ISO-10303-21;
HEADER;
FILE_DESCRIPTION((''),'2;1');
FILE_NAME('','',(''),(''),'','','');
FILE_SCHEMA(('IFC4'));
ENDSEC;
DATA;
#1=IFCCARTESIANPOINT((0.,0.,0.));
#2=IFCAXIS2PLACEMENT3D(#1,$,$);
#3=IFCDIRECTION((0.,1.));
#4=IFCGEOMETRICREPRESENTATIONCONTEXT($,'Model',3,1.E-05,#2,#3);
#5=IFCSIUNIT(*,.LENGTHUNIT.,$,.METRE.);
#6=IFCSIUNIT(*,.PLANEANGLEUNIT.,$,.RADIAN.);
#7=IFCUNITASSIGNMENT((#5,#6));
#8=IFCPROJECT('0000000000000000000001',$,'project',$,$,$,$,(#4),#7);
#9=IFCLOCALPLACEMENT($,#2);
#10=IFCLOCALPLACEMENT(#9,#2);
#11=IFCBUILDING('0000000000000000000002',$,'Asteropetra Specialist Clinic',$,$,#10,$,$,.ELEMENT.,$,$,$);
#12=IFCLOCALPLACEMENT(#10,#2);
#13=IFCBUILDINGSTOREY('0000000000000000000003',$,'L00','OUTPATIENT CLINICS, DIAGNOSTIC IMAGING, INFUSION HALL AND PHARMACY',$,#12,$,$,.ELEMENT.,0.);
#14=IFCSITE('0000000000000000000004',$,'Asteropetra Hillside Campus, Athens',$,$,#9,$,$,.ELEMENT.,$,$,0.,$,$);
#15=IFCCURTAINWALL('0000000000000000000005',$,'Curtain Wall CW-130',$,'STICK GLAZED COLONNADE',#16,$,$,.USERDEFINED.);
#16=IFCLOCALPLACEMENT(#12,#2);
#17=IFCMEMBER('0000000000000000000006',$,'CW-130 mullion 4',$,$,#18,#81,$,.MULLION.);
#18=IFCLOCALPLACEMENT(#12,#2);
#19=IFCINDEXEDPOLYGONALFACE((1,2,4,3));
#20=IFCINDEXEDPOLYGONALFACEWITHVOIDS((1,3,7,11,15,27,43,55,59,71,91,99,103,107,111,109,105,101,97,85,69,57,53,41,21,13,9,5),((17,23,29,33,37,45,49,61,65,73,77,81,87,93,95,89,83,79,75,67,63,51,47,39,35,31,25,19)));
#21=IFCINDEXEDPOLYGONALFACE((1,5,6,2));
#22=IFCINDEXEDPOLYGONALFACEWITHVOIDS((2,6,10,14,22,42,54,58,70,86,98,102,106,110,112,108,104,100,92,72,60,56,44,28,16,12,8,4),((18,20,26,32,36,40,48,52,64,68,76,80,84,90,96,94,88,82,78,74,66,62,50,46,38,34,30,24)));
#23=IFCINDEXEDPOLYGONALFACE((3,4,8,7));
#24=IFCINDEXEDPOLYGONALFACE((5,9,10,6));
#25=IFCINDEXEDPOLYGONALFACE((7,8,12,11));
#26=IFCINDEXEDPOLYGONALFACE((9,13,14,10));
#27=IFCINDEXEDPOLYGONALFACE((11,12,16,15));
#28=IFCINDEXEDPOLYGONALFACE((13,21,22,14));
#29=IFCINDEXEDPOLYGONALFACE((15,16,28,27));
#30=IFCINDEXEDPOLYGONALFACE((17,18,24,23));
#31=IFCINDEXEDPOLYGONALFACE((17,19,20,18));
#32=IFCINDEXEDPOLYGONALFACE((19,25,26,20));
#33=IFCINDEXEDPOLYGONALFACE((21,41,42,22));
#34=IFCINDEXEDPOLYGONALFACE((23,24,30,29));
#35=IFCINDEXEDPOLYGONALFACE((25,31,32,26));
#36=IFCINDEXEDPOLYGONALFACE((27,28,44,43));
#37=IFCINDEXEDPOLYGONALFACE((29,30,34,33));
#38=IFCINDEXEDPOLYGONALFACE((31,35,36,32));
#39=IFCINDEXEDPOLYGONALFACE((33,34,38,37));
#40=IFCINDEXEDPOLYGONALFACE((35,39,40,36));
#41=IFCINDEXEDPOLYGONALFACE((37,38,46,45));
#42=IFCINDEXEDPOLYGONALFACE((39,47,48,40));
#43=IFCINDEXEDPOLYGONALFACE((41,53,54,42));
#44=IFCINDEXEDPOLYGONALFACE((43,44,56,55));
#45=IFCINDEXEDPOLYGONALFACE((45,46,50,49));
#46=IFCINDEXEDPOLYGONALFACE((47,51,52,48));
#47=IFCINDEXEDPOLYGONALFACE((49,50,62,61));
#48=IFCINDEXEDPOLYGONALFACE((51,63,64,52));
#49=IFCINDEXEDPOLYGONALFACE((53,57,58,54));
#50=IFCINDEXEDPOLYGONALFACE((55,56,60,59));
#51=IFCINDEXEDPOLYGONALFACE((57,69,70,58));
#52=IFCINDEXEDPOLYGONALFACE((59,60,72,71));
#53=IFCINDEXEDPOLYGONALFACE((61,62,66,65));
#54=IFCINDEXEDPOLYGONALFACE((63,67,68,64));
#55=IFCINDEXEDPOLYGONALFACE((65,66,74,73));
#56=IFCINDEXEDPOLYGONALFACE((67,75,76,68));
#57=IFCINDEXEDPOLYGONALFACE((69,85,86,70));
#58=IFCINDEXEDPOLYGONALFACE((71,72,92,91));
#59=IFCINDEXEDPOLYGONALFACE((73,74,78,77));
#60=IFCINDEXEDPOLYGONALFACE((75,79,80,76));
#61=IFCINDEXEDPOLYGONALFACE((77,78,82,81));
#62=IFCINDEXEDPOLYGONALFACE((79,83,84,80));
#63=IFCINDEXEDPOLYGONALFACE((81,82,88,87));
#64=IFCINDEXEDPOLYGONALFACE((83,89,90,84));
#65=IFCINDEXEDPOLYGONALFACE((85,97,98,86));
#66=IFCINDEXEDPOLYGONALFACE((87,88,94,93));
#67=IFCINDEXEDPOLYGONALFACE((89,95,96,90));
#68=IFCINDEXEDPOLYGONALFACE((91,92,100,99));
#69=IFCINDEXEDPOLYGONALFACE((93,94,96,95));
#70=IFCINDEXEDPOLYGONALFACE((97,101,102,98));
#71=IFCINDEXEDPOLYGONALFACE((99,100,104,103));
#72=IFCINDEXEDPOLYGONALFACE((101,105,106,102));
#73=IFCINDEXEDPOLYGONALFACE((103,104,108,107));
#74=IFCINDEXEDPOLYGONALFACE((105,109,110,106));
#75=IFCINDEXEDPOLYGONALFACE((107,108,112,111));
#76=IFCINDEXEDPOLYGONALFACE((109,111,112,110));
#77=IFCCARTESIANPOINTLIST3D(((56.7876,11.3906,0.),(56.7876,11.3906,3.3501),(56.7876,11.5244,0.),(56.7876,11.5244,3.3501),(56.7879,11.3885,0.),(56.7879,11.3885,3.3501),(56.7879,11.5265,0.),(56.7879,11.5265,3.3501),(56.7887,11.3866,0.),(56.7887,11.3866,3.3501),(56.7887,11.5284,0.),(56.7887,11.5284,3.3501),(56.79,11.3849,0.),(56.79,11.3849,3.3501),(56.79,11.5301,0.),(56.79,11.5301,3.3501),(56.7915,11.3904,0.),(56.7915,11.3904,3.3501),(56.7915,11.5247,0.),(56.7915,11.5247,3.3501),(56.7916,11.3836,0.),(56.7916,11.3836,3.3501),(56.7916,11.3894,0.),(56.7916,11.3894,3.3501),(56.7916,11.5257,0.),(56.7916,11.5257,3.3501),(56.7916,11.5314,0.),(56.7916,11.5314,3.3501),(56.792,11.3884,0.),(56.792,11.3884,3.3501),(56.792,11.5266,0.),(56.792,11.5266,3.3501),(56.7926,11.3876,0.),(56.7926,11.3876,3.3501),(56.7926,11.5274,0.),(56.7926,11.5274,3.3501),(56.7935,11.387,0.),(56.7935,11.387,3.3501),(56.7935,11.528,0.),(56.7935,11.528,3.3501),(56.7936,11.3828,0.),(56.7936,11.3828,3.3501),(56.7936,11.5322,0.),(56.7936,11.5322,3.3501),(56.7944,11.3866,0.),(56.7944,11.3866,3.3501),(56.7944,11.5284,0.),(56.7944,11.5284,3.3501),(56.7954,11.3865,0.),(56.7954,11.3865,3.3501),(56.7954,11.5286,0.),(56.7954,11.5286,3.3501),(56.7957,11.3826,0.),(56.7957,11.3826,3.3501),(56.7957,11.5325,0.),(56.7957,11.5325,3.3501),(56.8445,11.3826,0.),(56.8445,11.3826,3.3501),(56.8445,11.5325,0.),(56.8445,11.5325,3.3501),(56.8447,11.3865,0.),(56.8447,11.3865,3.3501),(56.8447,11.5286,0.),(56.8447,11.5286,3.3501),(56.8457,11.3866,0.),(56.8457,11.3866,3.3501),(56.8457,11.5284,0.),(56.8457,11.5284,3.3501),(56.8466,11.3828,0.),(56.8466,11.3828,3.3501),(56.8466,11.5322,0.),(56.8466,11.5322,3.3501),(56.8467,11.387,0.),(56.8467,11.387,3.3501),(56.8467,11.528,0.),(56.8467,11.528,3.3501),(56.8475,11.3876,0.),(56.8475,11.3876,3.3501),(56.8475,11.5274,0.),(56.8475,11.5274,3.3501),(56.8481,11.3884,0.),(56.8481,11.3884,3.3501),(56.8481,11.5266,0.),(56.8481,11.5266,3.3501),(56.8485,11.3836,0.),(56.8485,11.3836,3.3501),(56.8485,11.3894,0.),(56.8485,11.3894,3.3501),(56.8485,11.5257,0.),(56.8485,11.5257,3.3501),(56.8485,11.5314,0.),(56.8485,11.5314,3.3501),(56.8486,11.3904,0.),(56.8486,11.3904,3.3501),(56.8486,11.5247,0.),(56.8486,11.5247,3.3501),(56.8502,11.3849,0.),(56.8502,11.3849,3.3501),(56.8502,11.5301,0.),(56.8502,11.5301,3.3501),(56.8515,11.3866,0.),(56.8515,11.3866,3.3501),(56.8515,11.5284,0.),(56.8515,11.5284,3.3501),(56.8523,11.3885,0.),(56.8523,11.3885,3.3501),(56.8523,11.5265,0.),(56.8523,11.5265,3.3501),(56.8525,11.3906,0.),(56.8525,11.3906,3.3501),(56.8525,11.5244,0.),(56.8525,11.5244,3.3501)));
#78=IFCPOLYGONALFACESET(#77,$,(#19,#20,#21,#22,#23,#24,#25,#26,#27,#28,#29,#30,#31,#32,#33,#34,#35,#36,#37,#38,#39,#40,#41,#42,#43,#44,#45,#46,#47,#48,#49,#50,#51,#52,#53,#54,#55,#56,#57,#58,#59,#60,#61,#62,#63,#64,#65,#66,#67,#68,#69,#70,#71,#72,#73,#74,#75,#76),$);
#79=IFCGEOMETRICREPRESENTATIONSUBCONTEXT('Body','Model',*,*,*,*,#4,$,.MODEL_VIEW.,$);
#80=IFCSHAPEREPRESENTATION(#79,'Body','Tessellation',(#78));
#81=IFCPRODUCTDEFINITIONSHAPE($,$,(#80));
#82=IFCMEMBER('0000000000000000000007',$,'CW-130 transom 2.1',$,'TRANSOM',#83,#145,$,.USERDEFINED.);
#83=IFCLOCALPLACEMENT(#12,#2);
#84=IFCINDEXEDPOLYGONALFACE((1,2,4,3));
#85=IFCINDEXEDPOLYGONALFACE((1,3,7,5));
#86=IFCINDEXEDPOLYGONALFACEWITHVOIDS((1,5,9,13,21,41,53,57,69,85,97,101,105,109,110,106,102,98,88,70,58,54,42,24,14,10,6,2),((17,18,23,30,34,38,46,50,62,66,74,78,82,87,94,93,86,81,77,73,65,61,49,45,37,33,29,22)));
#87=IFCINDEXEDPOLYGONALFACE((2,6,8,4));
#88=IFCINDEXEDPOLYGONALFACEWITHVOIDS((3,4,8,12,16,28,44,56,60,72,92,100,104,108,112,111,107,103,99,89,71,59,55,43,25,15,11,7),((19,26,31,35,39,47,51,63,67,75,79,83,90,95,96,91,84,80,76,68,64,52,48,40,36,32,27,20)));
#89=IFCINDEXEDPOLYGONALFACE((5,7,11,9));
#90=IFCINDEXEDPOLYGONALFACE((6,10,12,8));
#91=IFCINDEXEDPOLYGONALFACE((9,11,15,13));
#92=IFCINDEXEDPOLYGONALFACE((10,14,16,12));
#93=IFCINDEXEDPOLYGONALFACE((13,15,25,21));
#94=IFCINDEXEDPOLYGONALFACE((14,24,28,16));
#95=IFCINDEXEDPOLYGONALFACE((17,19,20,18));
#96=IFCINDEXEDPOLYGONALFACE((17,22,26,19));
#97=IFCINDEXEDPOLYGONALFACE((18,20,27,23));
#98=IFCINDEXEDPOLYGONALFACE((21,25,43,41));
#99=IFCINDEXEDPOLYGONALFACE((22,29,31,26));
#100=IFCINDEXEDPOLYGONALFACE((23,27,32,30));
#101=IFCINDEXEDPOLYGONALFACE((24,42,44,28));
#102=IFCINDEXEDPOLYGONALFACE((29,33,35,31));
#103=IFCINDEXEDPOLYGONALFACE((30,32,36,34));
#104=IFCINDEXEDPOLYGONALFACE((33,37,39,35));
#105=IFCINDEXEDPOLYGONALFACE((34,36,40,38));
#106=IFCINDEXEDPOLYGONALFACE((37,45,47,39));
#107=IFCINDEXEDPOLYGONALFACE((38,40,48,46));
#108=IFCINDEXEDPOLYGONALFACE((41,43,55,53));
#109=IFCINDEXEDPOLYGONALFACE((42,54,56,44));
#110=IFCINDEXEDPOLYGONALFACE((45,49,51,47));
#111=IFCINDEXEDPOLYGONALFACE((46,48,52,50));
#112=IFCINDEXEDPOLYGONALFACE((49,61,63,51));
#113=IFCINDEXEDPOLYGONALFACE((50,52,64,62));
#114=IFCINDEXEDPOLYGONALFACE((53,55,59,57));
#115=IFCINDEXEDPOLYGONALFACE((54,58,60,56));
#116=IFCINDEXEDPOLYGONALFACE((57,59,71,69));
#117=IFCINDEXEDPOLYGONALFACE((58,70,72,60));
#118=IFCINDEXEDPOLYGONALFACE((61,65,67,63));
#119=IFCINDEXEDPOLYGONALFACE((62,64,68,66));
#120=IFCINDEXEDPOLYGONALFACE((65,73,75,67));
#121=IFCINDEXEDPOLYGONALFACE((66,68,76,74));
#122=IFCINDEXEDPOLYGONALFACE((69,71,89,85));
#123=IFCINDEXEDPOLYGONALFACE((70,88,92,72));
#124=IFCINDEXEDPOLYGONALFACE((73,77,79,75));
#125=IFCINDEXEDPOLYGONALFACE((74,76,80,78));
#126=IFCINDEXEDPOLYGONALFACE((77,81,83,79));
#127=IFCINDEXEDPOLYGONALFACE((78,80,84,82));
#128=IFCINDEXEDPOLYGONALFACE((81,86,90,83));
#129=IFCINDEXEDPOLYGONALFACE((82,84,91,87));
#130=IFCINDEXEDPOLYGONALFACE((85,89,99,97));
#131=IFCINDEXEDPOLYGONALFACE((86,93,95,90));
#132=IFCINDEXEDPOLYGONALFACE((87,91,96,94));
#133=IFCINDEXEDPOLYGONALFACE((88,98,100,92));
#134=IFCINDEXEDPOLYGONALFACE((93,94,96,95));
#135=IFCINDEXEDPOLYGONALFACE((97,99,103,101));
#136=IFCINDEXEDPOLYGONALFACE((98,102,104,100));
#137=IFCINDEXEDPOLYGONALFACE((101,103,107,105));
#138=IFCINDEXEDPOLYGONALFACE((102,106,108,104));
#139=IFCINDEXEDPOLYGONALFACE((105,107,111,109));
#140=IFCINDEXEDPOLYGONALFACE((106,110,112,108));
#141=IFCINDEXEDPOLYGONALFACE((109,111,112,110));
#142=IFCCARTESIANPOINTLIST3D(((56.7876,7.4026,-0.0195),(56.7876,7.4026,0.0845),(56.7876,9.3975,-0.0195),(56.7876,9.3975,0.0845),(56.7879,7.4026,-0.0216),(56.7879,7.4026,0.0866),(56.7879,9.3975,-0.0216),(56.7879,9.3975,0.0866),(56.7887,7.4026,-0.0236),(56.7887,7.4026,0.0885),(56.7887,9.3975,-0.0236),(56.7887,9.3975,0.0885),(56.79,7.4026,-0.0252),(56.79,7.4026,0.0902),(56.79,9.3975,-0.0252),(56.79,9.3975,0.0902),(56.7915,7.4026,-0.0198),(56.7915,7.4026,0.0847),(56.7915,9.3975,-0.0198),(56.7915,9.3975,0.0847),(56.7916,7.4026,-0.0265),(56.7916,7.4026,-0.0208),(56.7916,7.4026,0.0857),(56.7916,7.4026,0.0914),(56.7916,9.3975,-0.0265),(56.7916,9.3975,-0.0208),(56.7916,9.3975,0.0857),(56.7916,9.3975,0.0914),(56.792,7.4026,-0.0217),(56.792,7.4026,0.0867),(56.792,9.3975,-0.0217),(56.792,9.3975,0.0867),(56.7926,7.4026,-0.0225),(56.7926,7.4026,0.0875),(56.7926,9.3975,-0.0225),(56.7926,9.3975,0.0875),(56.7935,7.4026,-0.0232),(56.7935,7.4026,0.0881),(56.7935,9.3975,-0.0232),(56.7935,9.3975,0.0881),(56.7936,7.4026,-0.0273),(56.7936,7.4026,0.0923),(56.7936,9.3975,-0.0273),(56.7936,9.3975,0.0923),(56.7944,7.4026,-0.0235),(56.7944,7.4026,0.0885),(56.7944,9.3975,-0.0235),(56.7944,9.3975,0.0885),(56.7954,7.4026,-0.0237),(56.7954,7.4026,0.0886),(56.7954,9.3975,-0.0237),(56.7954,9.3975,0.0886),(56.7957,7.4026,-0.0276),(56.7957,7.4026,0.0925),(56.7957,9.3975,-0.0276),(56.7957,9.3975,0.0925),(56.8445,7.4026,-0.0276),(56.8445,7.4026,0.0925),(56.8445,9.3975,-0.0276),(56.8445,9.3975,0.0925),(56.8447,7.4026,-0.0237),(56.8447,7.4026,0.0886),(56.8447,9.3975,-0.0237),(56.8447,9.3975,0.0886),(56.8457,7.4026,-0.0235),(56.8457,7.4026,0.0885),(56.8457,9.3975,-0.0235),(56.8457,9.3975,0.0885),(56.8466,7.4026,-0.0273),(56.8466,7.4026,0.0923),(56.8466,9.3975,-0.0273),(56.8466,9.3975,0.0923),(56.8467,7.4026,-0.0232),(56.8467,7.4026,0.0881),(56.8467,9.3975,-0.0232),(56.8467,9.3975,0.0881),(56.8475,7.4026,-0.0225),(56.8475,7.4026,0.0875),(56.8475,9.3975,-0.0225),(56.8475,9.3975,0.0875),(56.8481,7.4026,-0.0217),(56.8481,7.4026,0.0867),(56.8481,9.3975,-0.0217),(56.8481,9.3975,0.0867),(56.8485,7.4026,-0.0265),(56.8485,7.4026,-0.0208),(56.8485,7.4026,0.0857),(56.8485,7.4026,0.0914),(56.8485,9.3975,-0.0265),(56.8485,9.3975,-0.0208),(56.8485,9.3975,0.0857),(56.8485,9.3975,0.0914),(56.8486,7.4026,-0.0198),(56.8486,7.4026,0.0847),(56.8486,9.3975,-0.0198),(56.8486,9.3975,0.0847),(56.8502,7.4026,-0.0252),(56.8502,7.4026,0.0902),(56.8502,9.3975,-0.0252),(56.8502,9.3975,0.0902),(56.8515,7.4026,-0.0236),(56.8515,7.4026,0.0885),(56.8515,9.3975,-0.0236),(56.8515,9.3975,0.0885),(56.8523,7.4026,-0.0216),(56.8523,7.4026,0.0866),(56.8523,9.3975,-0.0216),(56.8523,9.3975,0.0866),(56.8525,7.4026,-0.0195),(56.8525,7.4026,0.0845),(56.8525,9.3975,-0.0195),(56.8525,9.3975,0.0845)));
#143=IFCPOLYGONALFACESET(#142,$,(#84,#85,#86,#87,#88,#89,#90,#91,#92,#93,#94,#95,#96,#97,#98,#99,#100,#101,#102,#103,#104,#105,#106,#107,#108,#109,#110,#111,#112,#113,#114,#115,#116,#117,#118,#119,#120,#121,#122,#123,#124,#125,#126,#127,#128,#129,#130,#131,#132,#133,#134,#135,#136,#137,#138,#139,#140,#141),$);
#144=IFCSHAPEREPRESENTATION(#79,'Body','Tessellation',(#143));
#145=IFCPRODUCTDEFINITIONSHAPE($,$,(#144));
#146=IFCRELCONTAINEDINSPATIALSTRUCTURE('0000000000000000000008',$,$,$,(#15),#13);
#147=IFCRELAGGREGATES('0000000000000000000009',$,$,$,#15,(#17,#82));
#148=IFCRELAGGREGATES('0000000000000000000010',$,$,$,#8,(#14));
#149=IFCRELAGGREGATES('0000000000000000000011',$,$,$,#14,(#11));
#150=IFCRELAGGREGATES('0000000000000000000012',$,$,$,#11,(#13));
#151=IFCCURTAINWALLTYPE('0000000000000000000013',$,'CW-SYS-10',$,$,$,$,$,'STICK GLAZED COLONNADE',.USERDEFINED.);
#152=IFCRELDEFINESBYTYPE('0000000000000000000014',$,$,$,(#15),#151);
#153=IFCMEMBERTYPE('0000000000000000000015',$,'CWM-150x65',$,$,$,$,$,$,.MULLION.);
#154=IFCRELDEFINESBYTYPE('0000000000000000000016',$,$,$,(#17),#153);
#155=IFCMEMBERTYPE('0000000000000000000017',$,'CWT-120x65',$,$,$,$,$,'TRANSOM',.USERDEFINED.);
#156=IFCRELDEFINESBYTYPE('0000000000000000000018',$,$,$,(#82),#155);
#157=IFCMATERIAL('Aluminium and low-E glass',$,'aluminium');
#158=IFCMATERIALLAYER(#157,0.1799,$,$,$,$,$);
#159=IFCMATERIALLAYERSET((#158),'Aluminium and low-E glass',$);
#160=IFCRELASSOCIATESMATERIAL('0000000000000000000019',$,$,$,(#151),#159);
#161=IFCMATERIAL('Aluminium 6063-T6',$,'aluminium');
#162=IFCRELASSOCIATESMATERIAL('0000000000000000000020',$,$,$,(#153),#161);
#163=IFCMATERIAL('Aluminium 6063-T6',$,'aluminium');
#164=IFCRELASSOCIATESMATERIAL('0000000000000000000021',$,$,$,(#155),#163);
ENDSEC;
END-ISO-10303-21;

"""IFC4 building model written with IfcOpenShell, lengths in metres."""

from ifc_helpers import new_model, si_unit, direction, frame, origin, origin_2d, place, context, subcontext, project, spatial, hollow_rectangle, extrude, material, layer, layer_set, material_profile, profile_set, type_object, element, aggregate, save


model = new_model("IFC4")

# Units and contexts
model_context = context("Model", 3, precision=1e-05, world=origin(), true_north=direction((0.0, 1.0)))
body_context = subcontext(model_context, "Body", "Model", "MODEL_VIEW")
ifc_project = project(units=[si_unit("LENGTHUNIT", "METRE"), si_unit("PLANEANGLEUNIT", "RADIAN")], contexts=[model_context])

# Site, building, storey
site_placement = place(None, origin())
site = spatial("IfcSite", under=ifc_project, at=site_placement, Name="Asteropetra Hillside Campus, Athens", CompositionType="ELEMENT", RefElevation=0.0)
building_placement = place(site_placement, origin())
building = spatial("IfcBuilding", under=site, at=building_placement, Name="Asteropetra Specialist Clinic", CompositionType="ELEMENT")
storey_placement = place(building_placement, origin())
storey = spatial("IfcBuildingStorey", under=building, at=storey_placement, Name="L00", Description="OUTPATIENT CLINICS, DIAGNOSTIC IMAGING, INFUSION HALL AND PHARMACY", CompositionType="ELEMENT", Elevation=0.0)

# Curtain wall, members
ifc_material_1 = material(Name="Aluminium and low-E glass", Category="aluminium")
ifc_layer_1 = layer(ifc_material_1, 0.1799)
ifc_layer_set_1 = layer_set([ifc_layer_1], Name="Aluminium and low-E glass")
curtain_wall_type = type_object("IfcCurtainWallType", Name="CW-SYS-10", ElementType="STICK GLAZED COLONNADE", PredefinedType="USERDEFINED", material=ifc_layer_set_1)
curtain_wall_placement = place(storey_placement, origin())
curtain_wall = element("IfcCurtainWall", 1, at=curtain_wall_placement, inside=storey, type_object=curtain_wall_type, Name="Curtain Wall CW-130", ObjectType="STICK GLAZED COLONNADE", PredefinedType="USERDEFINED")
ifc_material_2 = material(Name="Aluminium 6063-T6", Category="aluminium")
ifc_material_profile_1 = material_profile(ifc_material_2, hollow_rectangle(XDim=0.0649, YDim=0.1499, WallThickness=0.0039, InnerFilletRadius=0.0039, OuterFilletRadius=0.0081, at=origin_2d()), Name="MUL 150x65x4.0")
ifc_profile_set_1 = profile_set([ifc_material_profile_1], Name="Aluminium 6063-T6")
member_type_1 = type_object("IfcMemberType", Name="CWM-150x65", PredefinedType="MULLION", material=ifc_profile_set_1)
member_1_placement = place(storey_placement, frame((56.8201, 11.4575, 0.0), z_axis=(0.0, 0.0, 1.0), x_axis=(-1.0, 0.0, 0.0)))
member_1 = element("IfcMember", 2, at=member_1_placement, type_object=member_type_1, Name="CW-130 mullion 4", PredefinedType="MULLION", context=body_context, shape_type="SweptSolid", body=[
    extrude(hollow_rectangle(XDim=0.0649, YDim=0.1499, WallThickness=0.0039, InnerFilletRadius=0.0039, OuterFilletRadius=0.0081, at=origin_2d()), origin(), (0.0, 0.0, 1.0), 3.3501),
])
ifc_material_3 = material(Name="Aluminium 6063-T6", Category="aluminium")
ifc_material_profile_2 = material_profile(ifc_material_3, hollow_rectangle(XDim=0.0649, YDim=0.1201, WallThickness=0.0039, InnerFilletRadius=0.0039, OuterFilletRadius=0.0081, at=origin_2d()), Name="TRN 120x65x4.0")
ifc_profile_set_2 = profile_set([ifc_material_profile_2], Name="Aluminium 6063-T6")
member_type_2 = type_object("IfcMemberType", Name="CWT-120x65", ElementType="TRANSOM", PredefinedType="USERDEFINED", material=ifc_profile_set_2)
member_2_placement = place(storey_placement, frame((56.8201, 7.4026, 0.0325), z_axis=(0.0, 1.0, 0.0), x_axis=(-1.0, 0.0, 0.0)))
member_2 = element("IfcMember", 3, at=member_2_placement, type_object=member_type_2, Name="CW-130 transom 2.1", ObjectType="TRANSOM", PredefinedType="USERDEFINED", context=body_context, shape_type="SweptSolid", body=[
    extrude(hollow_rectangle(XDim=0.0649, YDim=0.1201, WallThickness=0.0039, InnerFilletRadius=0.0039, OuterFilletRadius=0.0081, at=origin_2d()), origin(), (0.0, 0.0, 1.0), 1.9949),
])
aggregate(curtain_wall, [member_1, member_2])

save(model, "model.ifc")
